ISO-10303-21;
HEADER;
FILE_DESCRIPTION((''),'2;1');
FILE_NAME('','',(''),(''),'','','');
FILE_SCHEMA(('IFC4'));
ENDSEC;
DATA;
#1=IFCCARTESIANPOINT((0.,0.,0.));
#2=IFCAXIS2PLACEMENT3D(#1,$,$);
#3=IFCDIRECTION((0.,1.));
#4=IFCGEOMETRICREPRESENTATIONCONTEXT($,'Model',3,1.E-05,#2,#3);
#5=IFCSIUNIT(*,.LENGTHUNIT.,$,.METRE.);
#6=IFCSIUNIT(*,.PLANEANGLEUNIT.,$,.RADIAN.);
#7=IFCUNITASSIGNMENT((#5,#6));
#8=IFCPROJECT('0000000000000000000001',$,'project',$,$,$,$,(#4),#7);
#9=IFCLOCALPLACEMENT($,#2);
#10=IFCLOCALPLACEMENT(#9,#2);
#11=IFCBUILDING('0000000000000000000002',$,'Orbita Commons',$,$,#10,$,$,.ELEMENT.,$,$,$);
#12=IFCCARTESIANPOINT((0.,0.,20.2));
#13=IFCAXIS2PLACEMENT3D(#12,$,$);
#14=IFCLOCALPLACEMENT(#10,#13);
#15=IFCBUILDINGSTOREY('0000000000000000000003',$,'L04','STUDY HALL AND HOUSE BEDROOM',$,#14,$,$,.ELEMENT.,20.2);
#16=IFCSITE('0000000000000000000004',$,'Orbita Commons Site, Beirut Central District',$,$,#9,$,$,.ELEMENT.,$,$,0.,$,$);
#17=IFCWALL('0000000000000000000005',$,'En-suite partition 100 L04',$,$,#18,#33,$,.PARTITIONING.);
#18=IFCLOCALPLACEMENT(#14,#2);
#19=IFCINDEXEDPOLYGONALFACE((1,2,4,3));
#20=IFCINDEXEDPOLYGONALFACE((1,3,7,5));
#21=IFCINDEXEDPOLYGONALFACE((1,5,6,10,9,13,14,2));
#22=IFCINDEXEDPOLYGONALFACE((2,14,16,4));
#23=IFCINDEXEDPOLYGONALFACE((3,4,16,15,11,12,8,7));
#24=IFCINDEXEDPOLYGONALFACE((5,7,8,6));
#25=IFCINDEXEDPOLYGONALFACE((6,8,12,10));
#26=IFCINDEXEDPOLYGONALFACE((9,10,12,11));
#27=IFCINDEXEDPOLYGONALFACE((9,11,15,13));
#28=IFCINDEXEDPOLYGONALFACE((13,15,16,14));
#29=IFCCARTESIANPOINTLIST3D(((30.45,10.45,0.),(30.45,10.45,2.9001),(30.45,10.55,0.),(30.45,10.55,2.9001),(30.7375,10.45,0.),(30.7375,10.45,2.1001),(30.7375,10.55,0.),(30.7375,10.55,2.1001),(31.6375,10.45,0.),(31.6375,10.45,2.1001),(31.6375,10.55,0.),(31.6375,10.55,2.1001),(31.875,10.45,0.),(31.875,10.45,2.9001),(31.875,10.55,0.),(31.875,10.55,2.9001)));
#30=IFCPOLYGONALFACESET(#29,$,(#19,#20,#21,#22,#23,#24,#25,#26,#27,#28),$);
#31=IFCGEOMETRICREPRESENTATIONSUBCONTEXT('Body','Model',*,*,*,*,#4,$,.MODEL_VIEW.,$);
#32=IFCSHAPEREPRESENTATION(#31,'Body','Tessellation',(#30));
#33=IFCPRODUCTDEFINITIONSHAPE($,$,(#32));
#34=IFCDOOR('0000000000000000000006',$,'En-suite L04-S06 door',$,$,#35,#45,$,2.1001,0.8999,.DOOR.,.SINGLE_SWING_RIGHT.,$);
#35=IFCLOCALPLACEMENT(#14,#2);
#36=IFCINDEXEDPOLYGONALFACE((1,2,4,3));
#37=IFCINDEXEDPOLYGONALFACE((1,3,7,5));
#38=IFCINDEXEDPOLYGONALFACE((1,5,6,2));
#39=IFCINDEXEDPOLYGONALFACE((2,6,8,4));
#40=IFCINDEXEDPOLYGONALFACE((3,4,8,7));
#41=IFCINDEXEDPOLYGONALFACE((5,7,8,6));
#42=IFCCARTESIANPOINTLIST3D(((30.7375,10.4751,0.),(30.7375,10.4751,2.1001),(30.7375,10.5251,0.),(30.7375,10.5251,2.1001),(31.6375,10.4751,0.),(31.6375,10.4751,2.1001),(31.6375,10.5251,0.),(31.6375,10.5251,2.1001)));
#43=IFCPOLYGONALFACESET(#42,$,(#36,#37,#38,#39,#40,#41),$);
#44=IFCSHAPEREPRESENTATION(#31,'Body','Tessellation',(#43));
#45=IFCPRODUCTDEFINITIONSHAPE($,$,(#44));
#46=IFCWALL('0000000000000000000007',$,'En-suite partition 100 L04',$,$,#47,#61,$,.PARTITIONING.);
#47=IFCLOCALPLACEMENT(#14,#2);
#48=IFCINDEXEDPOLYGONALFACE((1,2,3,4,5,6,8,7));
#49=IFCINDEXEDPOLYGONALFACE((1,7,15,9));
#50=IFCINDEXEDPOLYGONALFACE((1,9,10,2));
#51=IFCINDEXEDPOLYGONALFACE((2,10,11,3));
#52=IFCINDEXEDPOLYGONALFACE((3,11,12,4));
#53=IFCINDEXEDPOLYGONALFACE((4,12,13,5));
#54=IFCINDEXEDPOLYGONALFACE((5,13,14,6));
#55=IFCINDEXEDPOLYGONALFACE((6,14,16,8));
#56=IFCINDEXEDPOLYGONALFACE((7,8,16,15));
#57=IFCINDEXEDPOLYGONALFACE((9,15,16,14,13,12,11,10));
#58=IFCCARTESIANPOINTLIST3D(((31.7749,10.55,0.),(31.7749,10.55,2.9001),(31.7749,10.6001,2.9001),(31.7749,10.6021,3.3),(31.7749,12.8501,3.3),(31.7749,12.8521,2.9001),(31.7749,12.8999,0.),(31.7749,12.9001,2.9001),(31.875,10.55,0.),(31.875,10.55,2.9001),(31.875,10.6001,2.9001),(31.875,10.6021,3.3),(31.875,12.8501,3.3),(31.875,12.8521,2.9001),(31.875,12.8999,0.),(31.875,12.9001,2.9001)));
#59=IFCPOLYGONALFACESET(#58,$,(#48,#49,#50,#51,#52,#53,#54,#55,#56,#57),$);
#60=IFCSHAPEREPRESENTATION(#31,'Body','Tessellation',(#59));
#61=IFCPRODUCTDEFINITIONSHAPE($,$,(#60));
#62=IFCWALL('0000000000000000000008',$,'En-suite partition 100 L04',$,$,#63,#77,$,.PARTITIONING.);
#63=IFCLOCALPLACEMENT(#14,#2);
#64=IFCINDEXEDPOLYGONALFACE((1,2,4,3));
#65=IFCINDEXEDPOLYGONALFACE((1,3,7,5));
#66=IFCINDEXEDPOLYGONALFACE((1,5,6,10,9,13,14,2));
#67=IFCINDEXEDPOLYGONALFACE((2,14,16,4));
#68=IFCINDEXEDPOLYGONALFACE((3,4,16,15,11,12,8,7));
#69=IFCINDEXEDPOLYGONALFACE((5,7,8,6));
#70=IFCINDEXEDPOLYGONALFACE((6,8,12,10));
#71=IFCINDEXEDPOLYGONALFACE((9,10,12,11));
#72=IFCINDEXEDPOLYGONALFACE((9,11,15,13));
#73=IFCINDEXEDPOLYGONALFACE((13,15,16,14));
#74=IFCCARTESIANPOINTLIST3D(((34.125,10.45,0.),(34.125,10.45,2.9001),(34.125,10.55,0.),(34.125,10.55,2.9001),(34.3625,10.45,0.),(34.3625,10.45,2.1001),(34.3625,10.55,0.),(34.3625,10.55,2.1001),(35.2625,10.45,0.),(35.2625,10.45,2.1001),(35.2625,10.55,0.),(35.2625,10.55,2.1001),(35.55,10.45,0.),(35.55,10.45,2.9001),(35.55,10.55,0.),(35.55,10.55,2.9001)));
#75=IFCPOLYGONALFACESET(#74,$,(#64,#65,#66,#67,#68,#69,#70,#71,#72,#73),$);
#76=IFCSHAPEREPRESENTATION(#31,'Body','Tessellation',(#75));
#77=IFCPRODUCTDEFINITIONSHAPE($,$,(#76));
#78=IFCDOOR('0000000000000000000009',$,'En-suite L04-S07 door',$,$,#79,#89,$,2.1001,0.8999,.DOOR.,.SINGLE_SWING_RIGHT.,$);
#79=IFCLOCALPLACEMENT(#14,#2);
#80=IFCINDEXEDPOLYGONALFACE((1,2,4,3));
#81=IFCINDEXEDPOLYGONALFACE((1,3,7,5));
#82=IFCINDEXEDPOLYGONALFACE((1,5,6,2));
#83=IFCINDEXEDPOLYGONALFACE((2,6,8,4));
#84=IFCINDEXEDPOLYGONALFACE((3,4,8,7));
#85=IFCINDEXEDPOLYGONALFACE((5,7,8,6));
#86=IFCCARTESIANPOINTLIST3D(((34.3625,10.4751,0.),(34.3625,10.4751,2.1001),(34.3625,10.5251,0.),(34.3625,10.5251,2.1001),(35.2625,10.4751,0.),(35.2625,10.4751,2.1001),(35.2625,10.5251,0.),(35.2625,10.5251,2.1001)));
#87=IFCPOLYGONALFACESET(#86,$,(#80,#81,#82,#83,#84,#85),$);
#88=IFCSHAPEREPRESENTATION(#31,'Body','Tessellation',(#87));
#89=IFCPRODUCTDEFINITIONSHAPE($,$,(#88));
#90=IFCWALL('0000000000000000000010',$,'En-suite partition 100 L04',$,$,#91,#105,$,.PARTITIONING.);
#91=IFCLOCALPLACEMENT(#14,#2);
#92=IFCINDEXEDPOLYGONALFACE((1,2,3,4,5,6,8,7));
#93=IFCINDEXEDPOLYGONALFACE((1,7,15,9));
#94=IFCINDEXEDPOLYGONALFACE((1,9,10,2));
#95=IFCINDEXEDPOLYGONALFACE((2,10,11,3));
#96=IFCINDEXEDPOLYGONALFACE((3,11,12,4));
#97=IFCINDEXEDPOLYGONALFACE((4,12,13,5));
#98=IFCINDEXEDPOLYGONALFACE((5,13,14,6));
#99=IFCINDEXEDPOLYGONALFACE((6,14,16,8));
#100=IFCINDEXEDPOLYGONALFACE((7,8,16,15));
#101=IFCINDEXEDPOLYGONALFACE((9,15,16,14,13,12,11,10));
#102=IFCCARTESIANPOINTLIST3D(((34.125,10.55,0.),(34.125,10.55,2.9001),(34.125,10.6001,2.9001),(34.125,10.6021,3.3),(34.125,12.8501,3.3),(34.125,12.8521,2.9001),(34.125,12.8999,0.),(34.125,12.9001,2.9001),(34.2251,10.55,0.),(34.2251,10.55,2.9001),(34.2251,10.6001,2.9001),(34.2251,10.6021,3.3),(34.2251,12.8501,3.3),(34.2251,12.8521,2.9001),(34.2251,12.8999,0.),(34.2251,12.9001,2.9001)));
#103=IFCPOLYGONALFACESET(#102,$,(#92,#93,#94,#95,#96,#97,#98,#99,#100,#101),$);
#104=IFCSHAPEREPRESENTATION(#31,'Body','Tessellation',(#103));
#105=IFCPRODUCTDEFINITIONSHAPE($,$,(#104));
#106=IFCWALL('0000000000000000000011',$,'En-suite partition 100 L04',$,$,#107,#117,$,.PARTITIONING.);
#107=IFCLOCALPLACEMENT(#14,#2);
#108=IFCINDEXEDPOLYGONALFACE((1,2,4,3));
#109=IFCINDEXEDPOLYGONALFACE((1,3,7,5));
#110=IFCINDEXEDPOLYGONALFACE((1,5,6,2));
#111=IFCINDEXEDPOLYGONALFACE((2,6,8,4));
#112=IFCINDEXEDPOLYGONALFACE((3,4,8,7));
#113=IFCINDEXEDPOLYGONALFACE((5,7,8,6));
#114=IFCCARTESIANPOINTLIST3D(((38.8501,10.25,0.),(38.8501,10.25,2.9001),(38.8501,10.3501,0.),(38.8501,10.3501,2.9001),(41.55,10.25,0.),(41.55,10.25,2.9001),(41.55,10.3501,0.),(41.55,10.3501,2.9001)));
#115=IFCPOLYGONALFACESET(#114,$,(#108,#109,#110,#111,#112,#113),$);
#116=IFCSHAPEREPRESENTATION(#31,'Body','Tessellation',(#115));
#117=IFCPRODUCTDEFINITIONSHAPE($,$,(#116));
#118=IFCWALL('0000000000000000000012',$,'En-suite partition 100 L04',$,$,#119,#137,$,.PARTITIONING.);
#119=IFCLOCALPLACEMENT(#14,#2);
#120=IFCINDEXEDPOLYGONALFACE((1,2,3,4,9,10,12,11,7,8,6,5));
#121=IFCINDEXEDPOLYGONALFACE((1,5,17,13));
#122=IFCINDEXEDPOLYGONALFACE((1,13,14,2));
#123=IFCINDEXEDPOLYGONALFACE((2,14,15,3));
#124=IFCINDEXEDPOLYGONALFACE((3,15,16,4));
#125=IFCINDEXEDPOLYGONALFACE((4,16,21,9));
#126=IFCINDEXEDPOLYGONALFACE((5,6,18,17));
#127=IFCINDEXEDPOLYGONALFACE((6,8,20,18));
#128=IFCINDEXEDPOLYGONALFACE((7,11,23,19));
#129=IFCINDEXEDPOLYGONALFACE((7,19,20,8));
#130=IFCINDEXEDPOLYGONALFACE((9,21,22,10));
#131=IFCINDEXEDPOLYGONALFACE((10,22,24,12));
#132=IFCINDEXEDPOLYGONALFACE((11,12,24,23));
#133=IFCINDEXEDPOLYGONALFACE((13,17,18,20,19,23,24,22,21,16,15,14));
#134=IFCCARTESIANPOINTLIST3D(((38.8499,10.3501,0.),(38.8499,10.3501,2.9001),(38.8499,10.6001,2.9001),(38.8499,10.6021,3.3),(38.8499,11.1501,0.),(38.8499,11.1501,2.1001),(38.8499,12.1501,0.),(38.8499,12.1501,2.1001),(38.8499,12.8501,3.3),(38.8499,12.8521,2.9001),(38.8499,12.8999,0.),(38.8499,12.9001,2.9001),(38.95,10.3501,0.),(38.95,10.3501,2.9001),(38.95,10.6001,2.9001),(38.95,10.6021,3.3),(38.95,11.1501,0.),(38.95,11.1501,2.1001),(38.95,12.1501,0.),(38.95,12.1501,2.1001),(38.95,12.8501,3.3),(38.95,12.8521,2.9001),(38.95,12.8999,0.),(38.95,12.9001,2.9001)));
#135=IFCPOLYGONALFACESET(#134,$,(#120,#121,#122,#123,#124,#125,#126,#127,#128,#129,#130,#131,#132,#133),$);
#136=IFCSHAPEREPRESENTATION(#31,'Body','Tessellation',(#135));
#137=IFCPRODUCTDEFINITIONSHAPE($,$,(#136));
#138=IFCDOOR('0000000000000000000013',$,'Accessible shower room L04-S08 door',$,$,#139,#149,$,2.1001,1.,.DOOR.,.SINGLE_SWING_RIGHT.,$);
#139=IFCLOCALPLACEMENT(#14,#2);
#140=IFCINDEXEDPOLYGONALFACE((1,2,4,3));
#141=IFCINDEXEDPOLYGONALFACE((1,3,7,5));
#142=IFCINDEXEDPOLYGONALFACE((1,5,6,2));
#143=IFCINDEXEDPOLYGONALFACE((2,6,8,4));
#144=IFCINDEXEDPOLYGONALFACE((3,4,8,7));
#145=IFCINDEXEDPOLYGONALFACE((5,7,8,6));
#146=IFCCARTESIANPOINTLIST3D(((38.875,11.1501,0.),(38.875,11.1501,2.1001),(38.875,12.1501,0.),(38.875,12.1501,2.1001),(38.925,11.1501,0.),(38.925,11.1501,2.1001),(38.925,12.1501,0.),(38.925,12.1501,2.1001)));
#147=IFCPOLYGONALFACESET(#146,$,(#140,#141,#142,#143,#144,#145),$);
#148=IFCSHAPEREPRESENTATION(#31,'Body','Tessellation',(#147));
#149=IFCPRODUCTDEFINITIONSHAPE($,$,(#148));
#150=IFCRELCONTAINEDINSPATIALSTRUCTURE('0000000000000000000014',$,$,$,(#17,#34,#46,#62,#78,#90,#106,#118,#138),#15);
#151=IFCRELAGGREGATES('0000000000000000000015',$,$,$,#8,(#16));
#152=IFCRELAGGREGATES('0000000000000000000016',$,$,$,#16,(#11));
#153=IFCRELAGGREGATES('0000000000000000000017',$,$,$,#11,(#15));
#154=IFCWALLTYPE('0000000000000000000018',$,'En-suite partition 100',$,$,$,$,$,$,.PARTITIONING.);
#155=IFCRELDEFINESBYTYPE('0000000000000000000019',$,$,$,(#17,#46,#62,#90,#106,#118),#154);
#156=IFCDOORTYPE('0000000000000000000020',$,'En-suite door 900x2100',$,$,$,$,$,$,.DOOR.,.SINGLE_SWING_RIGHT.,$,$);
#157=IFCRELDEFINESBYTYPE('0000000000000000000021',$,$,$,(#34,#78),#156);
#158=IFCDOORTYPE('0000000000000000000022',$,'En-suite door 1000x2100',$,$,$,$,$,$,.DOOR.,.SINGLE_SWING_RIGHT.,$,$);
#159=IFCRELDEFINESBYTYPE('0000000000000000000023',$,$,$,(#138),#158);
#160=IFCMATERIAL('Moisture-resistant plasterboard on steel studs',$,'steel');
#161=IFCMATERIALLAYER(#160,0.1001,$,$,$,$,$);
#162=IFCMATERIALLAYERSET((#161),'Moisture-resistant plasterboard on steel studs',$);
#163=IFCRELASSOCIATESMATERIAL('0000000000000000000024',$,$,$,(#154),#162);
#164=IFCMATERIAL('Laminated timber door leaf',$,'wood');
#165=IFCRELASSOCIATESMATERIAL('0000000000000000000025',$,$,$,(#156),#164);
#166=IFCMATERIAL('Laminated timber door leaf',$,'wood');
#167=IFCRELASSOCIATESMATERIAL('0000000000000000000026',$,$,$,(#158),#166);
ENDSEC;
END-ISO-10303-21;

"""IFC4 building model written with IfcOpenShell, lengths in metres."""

from ifc_helpers import new_model, si_unit, direction, frame, frame_2d, origin, place, context, subcontext, project, spatial, polyline, rectangle, outline, extrude, material, layer, layer_set, type_object, element, fill, save


model = new_model("IFC4")

# Units and contexts
model_context = context("Model", 3, precision=1e-05, world=origin(), true_north=direction((0.0, 1.0)))
body_context = subcontext(model_context, "Body", "Model", "MODEL_VIEW")
ifc_project = project(units=[si_unit("LENGTHUNIT", "METRE"), si_unit("PLANEANGLEUNIT", "RADIAN")], contexts=[model_context])

# Site, building, storey
site_placement = place(None, origin())
site = spatial("IfcSite", under=ifc_project, at=site_placement, Name="Orbita Commons Site, Beirut Central District", CompositionType="ELEMENT", RefElevation=0.0)
building_placement = place(site_placement, origin())
building = spatial("IfcBuilding", under=site, at=building_placement, Name="Orbita Commons", CompositionType="ELEMENT")
storey_placement = place(building_placement, frame((0.0, 0.0, 20.2)))
storey = spatial("IfcBuildingStorey", under=building, at=storey_placement, Name="L04", Description="STUDY HALL AND HOUSE BEDROOM", CompositionType="ELEMENT", Elevation=20.2)

# Wall, opening, door
ifc_material_1 = material(Name="Moisture-resistant plasterboard on steel studs", Category="steel")
ifc_layer_1 = layer(ifc_material_1, 0.1001)
ifc_layer_set_1 = layer_set([ifc_layer_1], Name="Moisture-resistant plasterboard on steel studs")
wall_type_1 = type_object("IfcWallType", Name="En-suite partition 100", PredefinedType="PARTITIONING", material=ifc_layer_set_1)
ifc_material_2 = material(Name="Laminated timber door leaf", Category="wood")
door_type_1 = type_object("IfcDoorType", Name="En-suite door 900x2100", OperationType="SINGLE_SWING_RIGHT", PredefinedType="DOOR", material=ifc_material_2)
wall_1_placement = place(storey_placement, frame((31.875, 10.5, 0.0), z_axis=(0.0, 0.0, 1.0), x_axis=(-1.0, 0.0, 0.0)))
wall_1 = element("IfcWall", 1, at=wall_1_placement, inside=storey, type_object=wall_type_1, Name="En-suite partition 100 L04", PredefinedType="PARTITIONING", context=body_context, shape_type="SweptSolid", body=[
    extrude(outline(polyline([(0.0, 0.0), (1.425, 0.0), (1.425, 2.9001), (0.0, 2.9001), (0.0, 0.0)])), frame((0.0, 0.05, 0.0), z_axis=(0.0, -1.0, 0.0), x_axis=(1.0, 0.0, 0.0)), (0.0, 0.0, 1.0), 0.1001),
])
opening_1_placement = place(wall_1_placement, frame((0.2375, 0.0, 0.0)))
opening_1 = element("IfcOpeningElement", 2, at=opening_1_placement, cuts=wall_1, PredefinedType="OPENING", context=body_context, shape_type="SweptSolid", body=[
    extrude(rectangle(XDim=0.8999, YDim=2.1001, at=frame_2d((0.45, 1.05))), frame((0.0, 0.0601, 0.0), z_axis=(0.0, -1.0, 0.0), x_axis=(1.0, 0.0, 0.0)), (0.0, 0.0, 1.0), 0.1201),
])
door_1_placement = place(opening_1_placement, origin())
door_1 = element("IfcDoor", 3, at=door_1_placement, inside=storey, type_object=door_type_1, Name="En-suite L04-S06 door", OperationType="SINGLE_SWING_RIGHT", OverallHeight=2.1001, OverallWidth=0.8999, PredefinedType="DOOR", context=body_context, shape_type="SweptSolid", body=[
    extrude(rectangle(XDim=0.8999, YDim=2.1001, at=frame_2d((0.45, 1.05))), frame((0.0, 0.0249, 0.0), z_axis=(0.0, -1.0, 0.0), x_axis=(1.0, 0.0, 0.0)), (0.0, 0.0, 1.0), 0.05),
])
fill(opening_1, door_1)

# Wall
wall_2_placement = place(storey_placement, frame((31.825, 10.55, 0.0), z_axis=(0.0, 0.0, 1.0), x_axis=(0.0, 1.0, 0.0)))
element("IfcWall", 4, at=wall_2_placement, inside=storey, type_object=wall_type_1, Name="En-suite partition 100 L04", PredefinedType="PARTITIONING", context=body_context, shape_type="SweptSolid", body=[
    extrude(outline(polyline([(0.0, 0.0), (2.3499, 0.0), (2.3501, 2.9001), (2.302, 2.9001), (2.3, 3.3), (0.052, 3.3), (0.05, 2.9001), (0.0, 2.9001), (0.0, 0.0)])), frame((0.0, 0.05, 0.0), z_axis=(0.0, -1.0, 0.0), x_axis=(1.0, 0.0, 0.0)), (0.0, 0.0, 1.0), 0.1001),
])

# Wall, opening, door
wall_3_placement = place(storey_placement, frame((35.55, 10.5, 0.0), z_axis=(0.0, 0.0, 1.0), x_axis=(-1.0, 0.0, 0.0)))
wall_3 = element("IfcWall", 5, at=wall_3_placement, inside=storey, type_object=wall_type_1, Name="En-suite partition 100 L04", PredefinedType="PARTITIONING", context=body_context, shape_type="SweptSolid", body=[
    extrude(outline(polyline([(0.0, 0.0), (1.425, 0.0), (1.425, 2.9001), (0.0, 2.9001), (0.0, 0.0)])), frame((0.0, 0.05, 0.0), z_axis=(0.0, -1.0, 0.0), x_axis=(1.0, 0.0, 0.0)), (0.0, 0.0, 1.0), 0.1001),
])
opening_2_placement = place(wall_3_placement, frame((0.2876, 0.0, 0.0)))
opening_2 = element("IfcOpeningElement", 6, at=opening_2_placement, cuts=wall_3, PredefinedType="OPENING", context=body_context, shape_type="SweptSolid", body=[
    extrude(rectangle(XDim=0.8999, YDim=2.1001, at=frame_2d((0.45, 1.05))), frame((0.0, 0.0601, 0.0), z_axis=(0.0, -1.0, 0.0), x_axis=(1.0, 0.0, 0.0)), (0.0, 0.0, 1.0), 0.1201),
])
door_2_placement = place(opening_2_placement, origin())
door_2 = element("IfcDoor", 7, at=door_2_placement, inside=storey, type_object=door_type_1, Name="En-suite L04-S07 door", OperationType="SINGLE_SWING_RIGHT", OverallHeight=2.1001, OverallWidth=0.8999, PredefinedType="DOOR", context=body_context, shape_type="SweptSolid", body=[
    extrude(rectangle(XDim=0.8999, YDim=2.1001, at=frame_2d((0.45, 1.05))), frame((0.0, 0.0249, 0.0), z_axis=(0.0, -1.0, 0.0), x_axis=(1.0, 0.0, 0.0)), (0.0, 0.0, 1.0), 0.05),
])
fill(opening_2, door_2)

# Walls
wall_4_placement = place(storey_placement, frame((34.175, 10.55, 0.0), z_axis=(0.0, 0.0, 1.0), x_axis=(0.0, 1.0, 0.0)))
element("IfcWall", 8, at=wall_4_placement, inside=storey, type_object=wall_type_1, Name="En-suite partition 100 L04", PredefinedType="PARTITIONING", context=body_context, shape_type="SweptSolid", body=[
    extrude(outline(polyline([(0.0, 0.0), (2.3499, 0.0), (2.3501, 2.9001), (2.302, 2.9001), (2.3, 3.3), (0.052, 3.3), (0.05, 2.9001), (0.0, 2.9001), (0.0, 0.0)])), frame((0.0, 0.05, 0.0), z_axis=(0.0, -1.0, 0.0), x_axis=(1.0, 0.0, 0.0)), (0.0, 0.0, 1.0), 0.1001),
])
wall_5_placement = place(storey_placement, frame((38.8501, 10.3, 0.0), z_axis=(0.0, 0.0, 1.0), x_axis=(1.0, 0.0, 0.0)))
element("IfcWall", 9, at=wall_5_placement, inside=storey, type_object=wall_type_1, Name="En-suite partition 100 L04", PredefinedType="PARTITIONING", context=body_context, shape_type="SweptSolid", body=[
    extrude(outline(polyline([(0.0, 0.0), (2.7, 0.0), (2.7, 2.9001), (0.0, 2.9001), (0.0, 0.0)])), frame((0.0, 0.05, 0.0), z_axis=(0.0, -1.0, 0.0), x_axis=(1.0, 0.0, 0.0)), (0.0, 0.0, 1.0), 0.1001),
])

# Wall, opening, door
wall_6_placement = place(storey_placement, frame((38.8999, 10.3501, 0.0), z_axis=(0.0, 0.0, 1.0), x_axis=(0.0, 1.0, 0.0)))
wall_6 = element("IfcWall", 10, at=wall_6_placement, inside=storey, type_object=wall_type_1, Name="En-suite partition 100 L04", PredefinedType="PARTITIONING", context=body_context, shape_type="SweptSolid", body=[
    extrude(outline(polyline([(0.0, 0.0), (2.5498, 0.0), (2.55, 2.9001), (2.502, 2.9001), (2.5, 3.3), (0.252, 3.3), (0.25, 2.9001), (0.0, 2.9001), (0.0, 0.0)])), frame((0.0, 0.05, 0.0), z_axis=(0.0, -1.0, 0.0), x_axis=(1.0, 0.0, 0.0)), (0.0, 0.0, 1.0), 0.1001),
])
opening_3_placement = place(wall_6_placement, frame((0.8, 0.0, 0.0)))
opening_3 = element("IfcOpeningElement", 11, at=opening_3_placement, cuts=wall_6, PredefinedType="OPENING", context=body_context, shape_type="SweptSolid", body=[
    extrude(rectangle(XDim=1.0, YDim=2.1001, at=frame_2d((0.5, 1.05))), frame((0.0, 0.0601, 0.0), z_axis=(0.0, -1.0, 0.0), x_axis=(1.0, 0.0, 0.0)), (0.0, 0.0, 1.0), 0.1201),
])
ifc_material_3 = material(Name="Laminated timber door leaf", Category="wood")
door_type_2 = type_object("IfcDoorType", Name="En-suite door 1000x2100", OperationType="SINGLE_SWING_RIGHT", PredefinedType="DOOR", material=ifc_material_3)
door_3_placement = place(opening_3_placement, origin())
door_3 = element("IfcDoor", 12, at=door_3_placement, inside=storey, type_object=door_type_2, Name="Accessible shower room L04-S08 door", OperationType="SINGLE_SWING_RIGHT", OverallHeight=2.1001, OverallWidth=1.0, PredefinedType="DOOR", context=body_context, shape_type="SweptSolid", body=[
    extrude(rectangle(XDim=1.0, YDim=2.1001, at=frame_2d((0.5, 1.05))), frame((0.0, 0.0249, 0.0), z_axis=(0.0, -1.0, 0.0), x_axis=(1.0, 0.0, 0.0)), (0.0, 0.0, 1.0), 0.05),
])
fill(opening_3, door_3)

save(model, "model.ifc")
